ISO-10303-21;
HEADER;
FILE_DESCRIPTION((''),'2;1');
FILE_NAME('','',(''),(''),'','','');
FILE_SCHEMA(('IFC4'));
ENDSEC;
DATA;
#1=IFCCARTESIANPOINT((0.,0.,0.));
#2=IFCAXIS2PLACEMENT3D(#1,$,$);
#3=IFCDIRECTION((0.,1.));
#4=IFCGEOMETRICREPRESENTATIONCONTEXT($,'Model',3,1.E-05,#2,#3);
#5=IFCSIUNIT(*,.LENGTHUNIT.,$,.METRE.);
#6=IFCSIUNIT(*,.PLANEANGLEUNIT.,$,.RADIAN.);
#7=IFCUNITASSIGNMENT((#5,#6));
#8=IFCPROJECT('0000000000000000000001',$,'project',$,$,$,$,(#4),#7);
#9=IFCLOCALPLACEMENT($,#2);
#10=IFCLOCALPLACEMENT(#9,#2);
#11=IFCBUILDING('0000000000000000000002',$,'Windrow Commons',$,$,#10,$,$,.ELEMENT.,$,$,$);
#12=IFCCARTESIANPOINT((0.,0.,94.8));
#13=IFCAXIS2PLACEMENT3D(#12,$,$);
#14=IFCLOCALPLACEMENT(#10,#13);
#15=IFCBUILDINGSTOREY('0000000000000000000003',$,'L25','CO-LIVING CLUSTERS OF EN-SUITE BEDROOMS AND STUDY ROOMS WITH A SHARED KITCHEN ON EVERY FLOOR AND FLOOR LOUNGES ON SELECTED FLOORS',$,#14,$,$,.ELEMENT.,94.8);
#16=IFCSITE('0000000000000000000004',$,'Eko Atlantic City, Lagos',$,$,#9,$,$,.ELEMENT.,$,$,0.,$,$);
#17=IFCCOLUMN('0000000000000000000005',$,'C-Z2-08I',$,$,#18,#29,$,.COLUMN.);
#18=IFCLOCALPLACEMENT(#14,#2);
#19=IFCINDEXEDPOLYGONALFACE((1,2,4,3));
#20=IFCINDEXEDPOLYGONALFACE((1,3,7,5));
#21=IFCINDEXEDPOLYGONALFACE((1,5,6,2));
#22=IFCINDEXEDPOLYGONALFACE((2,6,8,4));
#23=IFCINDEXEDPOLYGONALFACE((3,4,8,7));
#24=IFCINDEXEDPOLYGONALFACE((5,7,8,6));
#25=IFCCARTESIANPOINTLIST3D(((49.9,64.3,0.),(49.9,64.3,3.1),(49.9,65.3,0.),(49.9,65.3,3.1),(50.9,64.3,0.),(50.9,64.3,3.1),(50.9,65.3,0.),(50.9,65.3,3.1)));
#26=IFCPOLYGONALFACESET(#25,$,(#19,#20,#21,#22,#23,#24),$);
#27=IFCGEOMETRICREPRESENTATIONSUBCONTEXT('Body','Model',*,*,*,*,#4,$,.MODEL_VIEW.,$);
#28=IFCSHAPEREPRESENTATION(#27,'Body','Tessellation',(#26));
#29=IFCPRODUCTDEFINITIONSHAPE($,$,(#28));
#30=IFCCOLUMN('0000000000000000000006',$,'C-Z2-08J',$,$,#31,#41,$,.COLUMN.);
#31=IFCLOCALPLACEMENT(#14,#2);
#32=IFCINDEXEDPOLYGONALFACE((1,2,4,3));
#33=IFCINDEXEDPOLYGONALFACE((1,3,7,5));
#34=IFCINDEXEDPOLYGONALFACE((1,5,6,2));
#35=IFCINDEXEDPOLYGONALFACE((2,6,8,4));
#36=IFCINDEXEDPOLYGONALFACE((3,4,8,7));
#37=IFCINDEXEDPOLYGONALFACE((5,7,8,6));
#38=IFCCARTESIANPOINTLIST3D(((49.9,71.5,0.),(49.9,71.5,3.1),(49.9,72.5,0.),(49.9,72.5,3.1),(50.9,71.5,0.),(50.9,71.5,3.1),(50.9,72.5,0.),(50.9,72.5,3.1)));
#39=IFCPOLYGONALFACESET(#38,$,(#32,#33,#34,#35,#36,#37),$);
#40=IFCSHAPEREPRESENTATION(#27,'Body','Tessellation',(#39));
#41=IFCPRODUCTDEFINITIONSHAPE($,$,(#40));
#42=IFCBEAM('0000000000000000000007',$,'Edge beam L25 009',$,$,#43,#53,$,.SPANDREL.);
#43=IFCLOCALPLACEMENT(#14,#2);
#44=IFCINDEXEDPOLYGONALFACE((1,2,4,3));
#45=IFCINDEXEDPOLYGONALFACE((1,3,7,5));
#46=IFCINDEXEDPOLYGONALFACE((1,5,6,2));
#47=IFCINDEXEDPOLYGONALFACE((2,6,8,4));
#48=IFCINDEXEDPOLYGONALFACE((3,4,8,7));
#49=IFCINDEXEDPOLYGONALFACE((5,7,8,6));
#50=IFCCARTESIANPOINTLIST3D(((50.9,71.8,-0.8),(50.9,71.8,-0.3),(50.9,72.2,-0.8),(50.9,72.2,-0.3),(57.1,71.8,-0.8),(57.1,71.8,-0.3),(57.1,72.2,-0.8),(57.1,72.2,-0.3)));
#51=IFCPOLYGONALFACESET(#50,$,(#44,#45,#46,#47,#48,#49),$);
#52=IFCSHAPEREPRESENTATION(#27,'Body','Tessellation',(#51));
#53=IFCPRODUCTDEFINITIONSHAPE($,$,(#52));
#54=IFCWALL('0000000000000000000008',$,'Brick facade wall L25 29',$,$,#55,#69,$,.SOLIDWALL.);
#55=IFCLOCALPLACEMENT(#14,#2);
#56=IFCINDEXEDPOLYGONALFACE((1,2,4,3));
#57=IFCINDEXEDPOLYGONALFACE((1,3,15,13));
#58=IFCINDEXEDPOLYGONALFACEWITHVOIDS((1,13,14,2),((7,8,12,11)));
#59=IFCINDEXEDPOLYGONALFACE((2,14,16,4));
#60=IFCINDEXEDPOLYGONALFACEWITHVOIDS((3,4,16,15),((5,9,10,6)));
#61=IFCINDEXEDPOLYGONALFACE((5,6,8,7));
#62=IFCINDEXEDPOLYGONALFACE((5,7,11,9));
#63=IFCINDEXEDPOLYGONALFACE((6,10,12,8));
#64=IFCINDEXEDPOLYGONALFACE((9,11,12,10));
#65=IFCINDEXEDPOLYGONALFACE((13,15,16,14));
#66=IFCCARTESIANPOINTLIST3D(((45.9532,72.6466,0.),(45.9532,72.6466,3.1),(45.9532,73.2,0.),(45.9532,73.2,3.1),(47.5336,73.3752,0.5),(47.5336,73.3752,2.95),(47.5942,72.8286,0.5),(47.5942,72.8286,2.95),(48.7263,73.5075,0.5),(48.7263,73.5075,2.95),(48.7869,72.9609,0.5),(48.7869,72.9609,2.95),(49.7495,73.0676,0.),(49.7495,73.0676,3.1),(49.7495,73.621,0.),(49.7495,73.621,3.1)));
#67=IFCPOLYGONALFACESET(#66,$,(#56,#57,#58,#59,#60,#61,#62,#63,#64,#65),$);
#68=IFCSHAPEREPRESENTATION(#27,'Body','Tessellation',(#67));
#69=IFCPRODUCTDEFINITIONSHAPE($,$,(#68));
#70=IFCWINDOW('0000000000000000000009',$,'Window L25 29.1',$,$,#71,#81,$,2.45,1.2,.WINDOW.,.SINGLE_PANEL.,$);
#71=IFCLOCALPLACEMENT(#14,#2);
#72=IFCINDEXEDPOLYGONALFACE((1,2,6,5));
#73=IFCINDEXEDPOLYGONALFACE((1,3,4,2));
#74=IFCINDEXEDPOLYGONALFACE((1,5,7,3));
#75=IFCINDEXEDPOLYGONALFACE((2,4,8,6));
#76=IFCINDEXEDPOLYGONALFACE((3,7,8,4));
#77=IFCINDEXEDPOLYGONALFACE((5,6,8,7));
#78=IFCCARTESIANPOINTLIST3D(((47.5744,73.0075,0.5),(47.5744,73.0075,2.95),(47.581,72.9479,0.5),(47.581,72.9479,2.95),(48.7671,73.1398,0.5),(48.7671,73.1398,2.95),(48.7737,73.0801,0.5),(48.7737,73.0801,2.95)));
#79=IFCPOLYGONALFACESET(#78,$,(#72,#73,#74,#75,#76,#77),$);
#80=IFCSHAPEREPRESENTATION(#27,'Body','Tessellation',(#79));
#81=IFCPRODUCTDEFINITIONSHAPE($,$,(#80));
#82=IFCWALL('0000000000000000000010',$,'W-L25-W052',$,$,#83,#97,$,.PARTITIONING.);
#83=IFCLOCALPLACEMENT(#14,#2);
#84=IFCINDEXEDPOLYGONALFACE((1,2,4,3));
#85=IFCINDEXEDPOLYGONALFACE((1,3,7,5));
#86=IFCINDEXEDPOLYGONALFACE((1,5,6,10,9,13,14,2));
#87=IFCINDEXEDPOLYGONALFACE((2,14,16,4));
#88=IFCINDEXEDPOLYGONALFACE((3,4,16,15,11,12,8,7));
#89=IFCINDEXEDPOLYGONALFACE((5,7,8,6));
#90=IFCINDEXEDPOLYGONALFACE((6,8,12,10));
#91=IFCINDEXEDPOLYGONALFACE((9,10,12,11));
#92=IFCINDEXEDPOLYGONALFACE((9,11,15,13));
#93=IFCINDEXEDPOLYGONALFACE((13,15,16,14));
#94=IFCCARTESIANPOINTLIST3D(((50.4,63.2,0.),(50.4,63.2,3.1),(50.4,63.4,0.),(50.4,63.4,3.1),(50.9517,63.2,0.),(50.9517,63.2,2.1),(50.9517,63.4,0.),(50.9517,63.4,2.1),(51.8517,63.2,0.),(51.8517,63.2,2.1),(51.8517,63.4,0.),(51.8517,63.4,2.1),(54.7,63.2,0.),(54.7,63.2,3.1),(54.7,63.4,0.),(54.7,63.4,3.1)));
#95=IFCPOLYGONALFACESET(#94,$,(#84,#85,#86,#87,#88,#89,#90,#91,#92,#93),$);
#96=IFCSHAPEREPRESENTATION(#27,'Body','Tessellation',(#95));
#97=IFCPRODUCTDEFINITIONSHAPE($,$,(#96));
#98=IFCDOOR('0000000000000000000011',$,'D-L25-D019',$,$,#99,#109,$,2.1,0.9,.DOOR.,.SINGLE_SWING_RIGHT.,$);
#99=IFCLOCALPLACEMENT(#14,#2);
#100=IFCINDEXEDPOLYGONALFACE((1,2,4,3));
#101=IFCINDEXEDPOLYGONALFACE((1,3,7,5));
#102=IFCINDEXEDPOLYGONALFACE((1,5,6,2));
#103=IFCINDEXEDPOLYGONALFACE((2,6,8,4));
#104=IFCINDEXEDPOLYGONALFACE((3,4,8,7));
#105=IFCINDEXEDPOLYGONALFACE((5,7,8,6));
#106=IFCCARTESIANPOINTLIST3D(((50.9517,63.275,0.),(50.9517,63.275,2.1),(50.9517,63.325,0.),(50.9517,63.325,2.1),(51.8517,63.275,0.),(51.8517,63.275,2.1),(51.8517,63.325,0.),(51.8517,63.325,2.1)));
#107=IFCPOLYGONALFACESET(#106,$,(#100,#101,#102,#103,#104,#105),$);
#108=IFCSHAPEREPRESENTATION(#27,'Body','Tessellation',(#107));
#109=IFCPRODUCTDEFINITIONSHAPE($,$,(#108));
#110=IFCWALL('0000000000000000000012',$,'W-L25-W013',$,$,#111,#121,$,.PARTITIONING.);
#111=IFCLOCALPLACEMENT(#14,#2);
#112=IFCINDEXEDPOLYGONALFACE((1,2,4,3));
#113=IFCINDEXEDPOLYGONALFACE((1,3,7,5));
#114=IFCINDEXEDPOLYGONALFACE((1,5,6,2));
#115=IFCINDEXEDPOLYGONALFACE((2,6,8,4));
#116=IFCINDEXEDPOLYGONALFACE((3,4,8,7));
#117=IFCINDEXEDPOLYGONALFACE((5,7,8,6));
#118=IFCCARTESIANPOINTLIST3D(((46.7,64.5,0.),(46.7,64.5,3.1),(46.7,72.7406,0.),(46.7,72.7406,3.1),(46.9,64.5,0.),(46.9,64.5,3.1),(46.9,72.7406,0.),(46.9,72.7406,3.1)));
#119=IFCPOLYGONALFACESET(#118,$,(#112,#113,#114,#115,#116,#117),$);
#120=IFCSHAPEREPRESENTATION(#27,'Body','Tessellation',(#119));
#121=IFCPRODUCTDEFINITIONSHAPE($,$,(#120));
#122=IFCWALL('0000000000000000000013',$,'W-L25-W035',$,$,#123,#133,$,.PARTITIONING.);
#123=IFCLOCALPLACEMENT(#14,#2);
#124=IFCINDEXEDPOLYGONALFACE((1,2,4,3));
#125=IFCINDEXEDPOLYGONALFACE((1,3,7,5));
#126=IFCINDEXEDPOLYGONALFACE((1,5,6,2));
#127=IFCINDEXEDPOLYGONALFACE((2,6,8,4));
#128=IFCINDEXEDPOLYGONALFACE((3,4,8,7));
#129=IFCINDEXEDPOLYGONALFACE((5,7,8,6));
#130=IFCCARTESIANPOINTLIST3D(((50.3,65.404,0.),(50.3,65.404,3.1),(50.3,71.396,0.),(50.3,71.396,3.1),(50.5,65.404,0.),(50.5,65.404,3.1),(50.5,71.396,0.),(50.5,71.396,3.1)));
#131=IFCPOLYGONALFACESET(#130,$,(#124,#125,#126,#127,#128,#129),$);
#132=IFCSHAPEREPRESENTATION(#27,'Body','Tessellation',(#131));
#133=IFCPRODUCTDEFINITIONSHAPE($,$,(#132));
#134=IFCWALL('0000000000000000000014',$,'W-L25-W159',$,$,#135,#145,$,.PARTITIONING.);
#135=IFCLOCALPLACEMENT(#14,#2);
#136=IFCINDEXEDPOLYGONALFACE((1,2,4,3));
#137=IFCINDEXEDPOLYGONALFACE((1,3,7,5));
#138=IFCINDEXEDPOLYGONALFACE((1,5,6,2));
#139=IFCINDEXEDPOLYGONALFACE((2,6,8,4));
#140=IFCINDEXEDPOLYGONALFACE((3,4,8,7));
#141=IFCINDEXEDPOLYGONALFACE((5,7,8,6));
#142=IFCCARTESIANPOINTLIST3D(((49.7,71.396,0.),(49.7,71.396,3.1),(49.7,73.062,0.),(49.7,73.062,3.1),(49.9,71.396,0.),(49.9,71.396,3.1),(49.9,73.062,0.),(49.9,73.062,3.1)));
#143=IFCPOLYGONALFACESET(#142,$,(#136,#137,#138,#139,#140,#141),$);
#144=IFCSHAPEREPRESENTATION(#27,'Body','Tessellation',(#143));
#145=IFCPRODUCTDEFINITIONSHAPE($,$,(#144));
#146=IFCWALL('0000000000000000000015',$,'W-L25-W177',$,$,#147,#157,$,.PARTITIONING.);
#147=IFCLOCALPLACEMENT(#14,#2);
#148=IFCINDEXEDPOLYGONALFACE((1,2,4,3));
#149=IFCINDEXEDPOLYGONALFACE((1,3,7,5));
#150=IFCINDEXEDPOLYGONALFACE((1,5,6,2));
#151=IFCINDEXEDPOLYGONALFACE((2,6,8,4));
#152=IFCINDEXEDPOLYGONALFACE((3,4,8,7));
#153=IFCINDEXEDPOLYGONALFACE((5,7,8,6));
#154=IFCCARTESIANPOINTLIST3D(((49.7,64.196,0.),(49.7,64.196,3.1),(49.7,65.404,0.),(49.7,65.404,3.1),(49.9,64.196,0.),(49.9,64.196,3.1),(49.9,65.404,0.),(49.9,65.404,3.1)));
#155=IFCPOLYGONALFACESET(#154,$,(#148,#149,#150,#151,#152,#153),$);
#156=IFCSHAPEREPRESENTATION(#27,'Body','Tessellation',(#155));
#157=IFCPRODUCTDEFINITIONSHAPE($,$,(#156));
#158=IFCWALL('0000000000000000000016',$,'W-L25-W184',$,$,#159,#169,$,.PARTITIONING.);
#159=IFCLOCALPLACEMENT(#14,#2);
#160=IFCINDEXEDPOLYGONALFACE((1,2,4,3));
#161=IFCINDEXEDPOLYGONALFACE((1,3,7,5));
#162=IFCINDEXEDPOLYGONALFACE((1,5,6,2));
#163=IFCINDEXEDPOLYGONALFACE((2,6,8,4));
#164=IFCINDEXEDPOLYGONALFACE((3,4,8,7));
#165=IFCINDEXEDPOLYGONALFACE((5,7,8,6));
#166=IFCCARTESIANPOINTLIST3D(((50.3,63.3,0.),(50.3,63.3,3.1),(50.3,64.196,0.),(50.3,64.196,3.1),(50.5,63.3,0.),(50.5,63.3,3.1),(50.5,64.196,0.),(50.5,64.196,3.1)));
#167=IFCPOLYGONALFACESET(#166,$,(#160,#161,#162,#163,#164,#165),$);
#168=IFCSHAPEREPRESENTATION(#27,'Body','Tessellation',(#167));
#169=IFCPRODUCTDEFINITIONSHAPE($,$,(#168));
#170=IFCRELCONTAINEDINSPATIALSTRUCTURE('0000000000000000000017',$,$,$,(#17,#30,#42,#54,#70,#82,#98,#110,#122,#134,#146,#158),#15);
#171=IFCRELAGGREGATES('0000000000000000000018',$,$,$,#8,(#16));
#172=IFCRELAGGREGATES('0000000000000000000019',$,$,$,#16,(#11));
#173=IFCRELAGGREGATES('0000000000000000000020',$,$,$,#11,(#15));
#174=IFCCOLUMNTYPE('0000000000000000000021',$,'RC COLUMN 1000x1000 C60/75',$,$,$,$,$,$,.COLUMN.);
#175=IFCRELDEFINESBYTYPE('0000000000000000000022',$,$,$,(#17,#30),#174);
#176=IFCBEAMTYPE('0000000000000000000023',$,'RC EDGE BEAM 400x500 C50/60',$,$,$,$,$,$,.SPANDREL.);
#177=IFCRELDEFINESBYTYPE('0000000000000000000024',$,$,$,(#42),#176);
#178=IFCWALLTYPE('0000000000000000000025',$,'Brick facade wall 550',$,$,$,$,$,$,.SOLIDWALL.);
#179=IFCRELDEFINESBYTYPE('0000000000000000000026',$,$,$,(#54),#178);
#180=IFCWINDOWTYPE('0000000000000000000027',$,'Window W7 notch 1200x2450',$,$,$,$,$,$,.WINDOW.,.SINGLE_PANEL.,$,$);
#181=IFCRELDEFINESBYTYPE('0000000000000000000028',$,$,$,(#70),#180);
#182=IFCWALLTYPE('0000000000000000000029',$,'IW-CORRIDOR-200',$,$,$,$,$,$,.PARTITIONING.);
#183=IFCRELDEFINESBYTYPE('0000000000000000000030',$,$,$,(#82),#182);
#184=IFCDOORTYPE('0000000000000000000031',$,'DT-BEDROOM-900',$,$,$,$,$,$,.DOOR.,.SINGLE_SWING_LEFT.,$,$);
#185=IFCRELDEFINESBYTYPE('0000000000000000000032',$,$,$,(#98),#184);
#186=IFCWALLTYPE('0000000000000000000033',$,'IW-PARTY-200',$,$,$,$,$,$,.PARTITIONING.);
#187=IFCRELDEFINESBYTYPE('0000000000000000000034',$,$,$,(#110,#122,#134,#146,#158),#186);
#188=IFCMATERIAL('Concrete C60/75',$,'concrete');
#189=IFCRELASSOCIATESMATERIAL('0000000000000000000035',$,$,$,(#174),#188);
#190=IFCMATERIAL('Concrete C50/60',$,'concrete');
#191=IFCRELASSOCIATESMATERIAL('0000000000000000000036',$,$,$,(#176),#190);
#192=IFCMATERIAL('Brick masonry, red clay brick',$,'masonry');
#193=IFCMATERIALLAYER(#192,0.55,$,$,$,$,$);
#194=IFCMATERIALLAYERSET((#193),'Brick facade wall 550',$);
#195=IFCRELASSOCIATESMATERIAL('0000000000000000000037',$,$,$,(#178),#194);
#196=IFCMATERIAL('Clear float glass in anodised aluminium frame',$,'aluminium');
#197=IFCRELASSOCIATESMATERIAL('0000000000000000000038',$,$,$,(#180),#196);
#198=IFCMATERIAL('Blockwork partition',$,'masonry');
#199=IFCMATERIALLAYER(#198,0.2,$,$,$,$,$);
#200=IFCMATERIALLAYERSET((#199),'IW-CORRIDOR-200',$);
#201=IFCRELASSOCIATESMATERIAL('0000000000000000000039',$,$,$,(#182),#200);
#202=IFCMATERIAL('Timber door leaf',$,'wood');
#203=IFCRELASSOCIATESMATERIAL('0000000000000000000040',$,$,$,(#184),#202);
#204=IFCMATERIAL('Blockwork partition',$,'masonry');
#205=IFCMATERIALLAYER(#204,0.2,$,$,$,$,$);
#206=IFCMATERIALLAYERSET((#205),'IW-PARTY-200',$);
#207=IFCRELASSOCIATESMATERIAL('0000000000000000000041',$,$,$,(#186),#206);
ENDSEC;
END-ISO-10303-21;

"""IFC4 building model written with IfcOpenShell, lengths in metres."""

from ifc_helpers import new_model, si_unit, direction, frame, frame_2d, origin, origin_2d, place, context, subcontext, project, spatial, polyline, rectangle, outline, extrude, material, layer, layer_set, material_profile, profile_set, type_object, element, fill, save


model = new_model("IFC4")

# Units and contexts
model_context = context("Model", 3, precision=1e-05, world=origin(), true_north=direction((0.0, 1.0)))
body_context = subcontext(model_context, "Body", "Model", "MODEL_VIEW")
ifc_project = project(units=[si_unit("LENGTHUNIT", "METRE"), si_unit("PLANEANGLEUNIT", "RADIAN")], contexts=[model_context])

# Site, building, storey
site_placement = place(None, origin())
site = spatial("IfcSite", under=ifc_project, at=site_placement, Name="Eko Atlantic City, Lagos", CompositionType="ELEMENT", RefElevation=0.0)
building_placement = place(site_placement, origin())
building = spatial("IfcBuilding", under=site, at=building_placement, Name="Windrow Commons", CompositionType="ELEMENT")
storey_placement = place(building_placement, frame((0.0, 0.0, 94.8)))
storey = spatial("IfcBuildingStorey", under=building, at=storey_placement, Name="L25", Description="CO-LIVING CLUSTERS OF EN-SUITE BEDROOMS AND STUDY ROOMS WITH A SHARED KITCHEN ON EVERY FLOOR AND FLOOR LOUNGES ON SELECTED FLOORS", CompositionType="ELEMENT", Elevation=94.8)

# Columns
ifc_material_1 = material(Name="Concrete C60/75", Category="concrete")
ifc_material_profile_1 = material_profile(ifc_material_1, rectangle(XDim=1.0, YDim=1.0, at=origin_2d()))
ifc_profile_set_1 = profile_set([ifc_material_profile_1], Name="Concrete C60/75")
column_type = type_object("IfcColumnType", Name="RC COLUMN 1000x1000 C60/75", PredefinedType="COLUMN", material=ifc_profile_set_1)
for number, where, z_axis, x_axis, name in (
    (1, (50.4, 64.8, 0.0), (0.0, 0.0, 1.0), (1.0, 0.0, 0.0), "C-Z2-08I"),
    (2, (50.4, 72.0, 0.0), (0.0, 0.0, 1.0), (1.0, 0.0, 0.0), "C-Z2-08J"),
):
    element("IfcColumn", number, at=place(storey_placement, frame(where, z_axis=z_axis, x_axis=x_axis)), inside=storey, type_object=column_type, Name=name, PredefinedType="COLUMN", context=body_context, shape_type="SweptSolid", body=[
        extrude(rectangle(XDim=1.0, YDim=1.0, at=origin_2d()), origin(), (0.0, 0.0, 1.0), 3.1),
    ])

# Beam
ifc_material_2 = material(Name="Concrete C50/60", Category="concrete")
ifc_material_profile_2 = material_profile(ifc_material_2, rectangle(XDim=0.4, YDim=0.5, at=origin_2d()))
ifc_profile_set_2 = profile_set([ifc_material_profile_2], Name="Concrete C50/60")
beam_type = type_object("IfcBeamType", Name="RC EDGE BEAM 400x500 C50/60", PredefinedType="SPANDREL", material=ifc_profile_set_2)
beam_placement = place(storey_placement, frame((50.9, 72.0, -0.55), z_axis=(1.0, 0.0, 0.0), x_axis=(0.0, 1.0, 0.0)))
element("IfcBeam", 3, at=beam_placement, inside=storey, type_object=beam_type, Name="Edge beam L25 009", PredefinedType="SPANDREL", context=body_context, shape_type="SweptSolid", body=[
    extrude(rectangle(XDim=0.4, YDim=0.5, at=origin_2d()), origin(), (0.0, 0.0, 1.0), 6.2),
])

# Wall, opening, window
ifc_material_3 = material(Name="Brick masonry, red clay brick", Category="masonry")
ifc_layer_1 = layer(ifc_material_3, 0.55)
ifc_layer_set_1 = layer_set([ifc_layer_1], Name="Brick facade wall 550")
wall_type_1 = type_object("IfcWallType", Name="Brick facade wall 550", PredefinedType="SOLIDWALL", material=ifc_layer_set_1)
wall_1_placement = place(storey_placement, frame((49.7495, 73.3443, 0.0), z_axis=(0.0, 0.0, 1.0), x_axis=(-0.993907, -0.110222, 0.0)))
wall_1 = element("IfcWall", 4, at=wall_1_placement, inside=storey, type_object=wall_type_1, Name="Brick facade wall L25 29", PredefinedType="SOLIDWALL", context=body_context, shape_type="SweptSolid", body=[
    extrude(outline(polyline([(-0.0305, -0.275), (3.7891, -0.275), (3.8501, 0.275), (0.0305, 0.275), (-0.0305, -0.275)])), origin(), (0.0, 0.0, 1.0), 3.1),
])
opening_1_placement = place(wall_1_placement, frame((0.999, 0.0, 0.5)))
opening_1 = element("IfcOpeningElement", 5, at=opening_1_placement, cuts=wall_1, PredefinedType="OPENING", context=body_context, shape_type="SweptSolid", body=[
    extrude(rectangle(XDim=1.2, YDim=2.45, at=frame_2d((0.6, 1.225))), frame((0.0, 0.285, 0.0), z_axis=(0.0, -1.0, 0.0), x_axis=(1.0, 0.0, 0.0)), (0.0, 0.0, 1.0), 0.57),
])
ifc_material_4 = material(Name="Clear float glass in anodised aluminium frame", Category="aluminium")
window_type = type_object("IfcWindowType", Name="Window W7 notch 1200x2450", PartitioningType="SINGLE_PANEL", PredefinedType="WINDOW", material=ifc_material_4)
window_placement = place(opening_1_placement, origin())
window = element("IfcWindow", 6, at=window_placement, inside=storey, type_object=window_type, Name="Window L25 29.1", OverallHeight=2.45, OverallWidth=1.2, PartitioningType="SINGLE_PANEL", PredefinedType="WINDOW", context=body_context, shape_type="SweptSolid", body=[
    extrude(rectangle(XDim=1.2, YDim=2.45, at=frame_2d((0.6, 1.225))), frame((0.0, 0.155, 0.0), z_axis=(0.0, -1.0, 0.0), x_axis=(1.0, 0.0, 0.0)), (0.0, 0.0, 1.0), 0.06),
])
fill(opening_1, window)

# Wall, opening, door
ifc_material_5 = material(Name="Blockwork partition", Category="masonry")
ifc_layer_2 = layer(ifc_material_5, 0.2)
ifc_layer_set_2 = layer_set([ifc_layer_2], Name="IW-CORRIDOR-200")
wall_type_2 = type_object("IfcWallType", Name="IW-CORRIDOR-200", PredefinedType="PARTITIONING", material=ifc_layer_set_2)
wall_2_placement = place(storey_placement, frame((50.4, 63.3, 0.0), z_axis=(0.0, 0.0, 1.0), x_axis=(1.0, 0.0, 0.0)))
wall_2 = element("IfcWall", 7, at=wall_2_placement, inside=storey, type_object=wall_type_2, Name="W-L25-W052", PredefinedType="PARTITIONING", context=body_context, shape_type="SweptSolid", body=[
    extrude(rectangle(XDim=4.3, YDim=0.2, at=frame_2d((2.15, 0.0))), origin(), (0.0, 0.0, 1.0), 3.1),
])
opening_2_placement = place(wall_2_placement, frame((0.5517, 0.0, 0.0)))
opening_2 = element("IfcOpeningElement", 8, at=opening_2_placement, cuts=wall_2, PredefinedType="OPENING", context=body_context, shape_type="SweptSolid", body=[
    extrude(rectangle(XDim=0.9, YDim=2.1, at=frame_2d((0.45, 1.05))), frame((0.0, 0.11, 0.0), z_axis=(0.0, -1.0, 0.0), x_axis=(1.0, 0.0, 0.0)), (0.0, 0.0, 1.0), 0.22),
])
ifc_material_6 = material(Name="Timber door leaf", Category="wood")
door_type = type_object("IfcDoorType", Name="DT-BEDROOM-900", OperationType="SINGLE_SWING_LEFT", PredefinedType="DOOR", material=ifc_material_6)
door_placement = place(opening_2_placement, origin())
door = element("IfcDoor", 9, at=door_placement, inside=storey, type_object=door_type, Name="D-L25-D019", OperationType="SINGLE_SWING_RIGHT", OverallHeight=2.1, OverallWidth=0.9, PredefinedType="DOOR", context=body_context, shape_type="SweptSolid", body=[
    extrude(rectangle(XDim=0.9, YDim=2.1, at=frame_2d((0.45, 1.05))), frame((0.0, 0.025, 0.0), z_axis=(0.0, -1.0, 0.0), x_axis=(1.0, 0.0, 0.0)), (0.0, 0.0, 1.0), 0.05),
])
fill(opening_2, door)

# Walls
ifc_material_7 = material(Name="Blockwork partition", Category="masonry")
ifc_layer_3 = layer(ifc_material_7, 0.2)
ifc_layer_set_3 = layer_set([ifc_layer_3], Name="IW-PARTY-200")
wall_type_3 = type_object("IfcWallType", Name="IW-PARTY-200", PredefinedType="PARTITIONING", material=ifc_layer_set_3)
wall_3_placement = place(storey_placement, frame((46.8, 64.5, 0.0), z_axis=(0.0, 0.0, 1.0), x_axis=(0.0, 1.0, 0.0)))
element("IfcWall", 10, at=wall_3_placement, inside=storey, type_object=wall_type_3, Name="W-L25-W013", PredefinedType="PARTITIONING", context=body_context, shape_type="SweptSolid", body=[
    extrude(rectangle(XDim=8.2405, YDim=0.2, at=frame_2d((4.1203, 0.0))), origin(), (0.0, 0.0, 1.0), 3.1),
])
wall_4_placement = place(storey_placement, frame((50.4, 65.404, 0.0), z_axis=(0.0, 0.0, 1.0), x_axis=(0.0, 1.0, 0.0)))
element("IfcWall", 11, at=wall_4_placement, inside=storey, type_object=wall_type_3, Name="W-L25-W035", PredefinedType="PARTITIONING", context=body_context, shape_type="SweptSolid", body=[
    extrude(rectangle(XDim=5.992, YDim=0.2, at=frame_2d((2.996, 0.0))), origin(), (0.0, 0.0, 1.0), 3.1),
])
wall_5_placement = place(storey_placement, frame((49.8, 71.396, 0.0), z_axis=(0.0, 0.0, 1.0), x_axis=(0.0, 1.0, 0.0)))
element("IfcWall", 12, at=wall_5_placement, inside=storey, type_object=wall_type_3, Name="W-L25-W159", PredefinedType="PARTITIONING", context=body_context, shape_type="SweptSolid", body=[
    extrude(rectangle(XDim=1.666, YDim=0.2, at=frame_2d((0.833, 0.0))), origin(), (0.0, 0.0, 1.0), 3.1),
])
wall_6_placement = place(storey_placement, frame((49.8, 64.196, 0.0), z_axis=(0.0, 0.0, 1.0), x_axis=(0.0, 1.0, 0.0)))
element("IfcWall", 13, at=wall_6_placement, inside=storey, type_object=wall_type_3, Name="W-L25-W177", PredefinedType="PARTITIONING", context=body_context, shape_type="SweptSolid", body=[
    extrude(rectangle(XDim=1.208, YDim=0.2, at=frame_2d((0.604, 0.0))), origin(), (0.0, 0.0, 1.0), 3.1),
])
wall_7_placement = place(storey_placement, frame((50.4, 63.3, 0.0), z_axis=(0.0, 0.0, 1.0), x_axis=(0.0, 1.0, 0.0)))
element("IfcWall", 14, at=wall_7_placement, inside=storey, type_object=wall_type_3, Name="W-L25-W184", PredefinedType="PARTITIONING", context=body_context, shape_type="SweptSolid", body=[
    extrude(rectangle(XDim=0.896, YDim=0.2, at=frame_2d((0.448, 0.0))), origin(), (0.0, 0.0, 1.0), 3.1),
])

save(model, "model.ifc")
